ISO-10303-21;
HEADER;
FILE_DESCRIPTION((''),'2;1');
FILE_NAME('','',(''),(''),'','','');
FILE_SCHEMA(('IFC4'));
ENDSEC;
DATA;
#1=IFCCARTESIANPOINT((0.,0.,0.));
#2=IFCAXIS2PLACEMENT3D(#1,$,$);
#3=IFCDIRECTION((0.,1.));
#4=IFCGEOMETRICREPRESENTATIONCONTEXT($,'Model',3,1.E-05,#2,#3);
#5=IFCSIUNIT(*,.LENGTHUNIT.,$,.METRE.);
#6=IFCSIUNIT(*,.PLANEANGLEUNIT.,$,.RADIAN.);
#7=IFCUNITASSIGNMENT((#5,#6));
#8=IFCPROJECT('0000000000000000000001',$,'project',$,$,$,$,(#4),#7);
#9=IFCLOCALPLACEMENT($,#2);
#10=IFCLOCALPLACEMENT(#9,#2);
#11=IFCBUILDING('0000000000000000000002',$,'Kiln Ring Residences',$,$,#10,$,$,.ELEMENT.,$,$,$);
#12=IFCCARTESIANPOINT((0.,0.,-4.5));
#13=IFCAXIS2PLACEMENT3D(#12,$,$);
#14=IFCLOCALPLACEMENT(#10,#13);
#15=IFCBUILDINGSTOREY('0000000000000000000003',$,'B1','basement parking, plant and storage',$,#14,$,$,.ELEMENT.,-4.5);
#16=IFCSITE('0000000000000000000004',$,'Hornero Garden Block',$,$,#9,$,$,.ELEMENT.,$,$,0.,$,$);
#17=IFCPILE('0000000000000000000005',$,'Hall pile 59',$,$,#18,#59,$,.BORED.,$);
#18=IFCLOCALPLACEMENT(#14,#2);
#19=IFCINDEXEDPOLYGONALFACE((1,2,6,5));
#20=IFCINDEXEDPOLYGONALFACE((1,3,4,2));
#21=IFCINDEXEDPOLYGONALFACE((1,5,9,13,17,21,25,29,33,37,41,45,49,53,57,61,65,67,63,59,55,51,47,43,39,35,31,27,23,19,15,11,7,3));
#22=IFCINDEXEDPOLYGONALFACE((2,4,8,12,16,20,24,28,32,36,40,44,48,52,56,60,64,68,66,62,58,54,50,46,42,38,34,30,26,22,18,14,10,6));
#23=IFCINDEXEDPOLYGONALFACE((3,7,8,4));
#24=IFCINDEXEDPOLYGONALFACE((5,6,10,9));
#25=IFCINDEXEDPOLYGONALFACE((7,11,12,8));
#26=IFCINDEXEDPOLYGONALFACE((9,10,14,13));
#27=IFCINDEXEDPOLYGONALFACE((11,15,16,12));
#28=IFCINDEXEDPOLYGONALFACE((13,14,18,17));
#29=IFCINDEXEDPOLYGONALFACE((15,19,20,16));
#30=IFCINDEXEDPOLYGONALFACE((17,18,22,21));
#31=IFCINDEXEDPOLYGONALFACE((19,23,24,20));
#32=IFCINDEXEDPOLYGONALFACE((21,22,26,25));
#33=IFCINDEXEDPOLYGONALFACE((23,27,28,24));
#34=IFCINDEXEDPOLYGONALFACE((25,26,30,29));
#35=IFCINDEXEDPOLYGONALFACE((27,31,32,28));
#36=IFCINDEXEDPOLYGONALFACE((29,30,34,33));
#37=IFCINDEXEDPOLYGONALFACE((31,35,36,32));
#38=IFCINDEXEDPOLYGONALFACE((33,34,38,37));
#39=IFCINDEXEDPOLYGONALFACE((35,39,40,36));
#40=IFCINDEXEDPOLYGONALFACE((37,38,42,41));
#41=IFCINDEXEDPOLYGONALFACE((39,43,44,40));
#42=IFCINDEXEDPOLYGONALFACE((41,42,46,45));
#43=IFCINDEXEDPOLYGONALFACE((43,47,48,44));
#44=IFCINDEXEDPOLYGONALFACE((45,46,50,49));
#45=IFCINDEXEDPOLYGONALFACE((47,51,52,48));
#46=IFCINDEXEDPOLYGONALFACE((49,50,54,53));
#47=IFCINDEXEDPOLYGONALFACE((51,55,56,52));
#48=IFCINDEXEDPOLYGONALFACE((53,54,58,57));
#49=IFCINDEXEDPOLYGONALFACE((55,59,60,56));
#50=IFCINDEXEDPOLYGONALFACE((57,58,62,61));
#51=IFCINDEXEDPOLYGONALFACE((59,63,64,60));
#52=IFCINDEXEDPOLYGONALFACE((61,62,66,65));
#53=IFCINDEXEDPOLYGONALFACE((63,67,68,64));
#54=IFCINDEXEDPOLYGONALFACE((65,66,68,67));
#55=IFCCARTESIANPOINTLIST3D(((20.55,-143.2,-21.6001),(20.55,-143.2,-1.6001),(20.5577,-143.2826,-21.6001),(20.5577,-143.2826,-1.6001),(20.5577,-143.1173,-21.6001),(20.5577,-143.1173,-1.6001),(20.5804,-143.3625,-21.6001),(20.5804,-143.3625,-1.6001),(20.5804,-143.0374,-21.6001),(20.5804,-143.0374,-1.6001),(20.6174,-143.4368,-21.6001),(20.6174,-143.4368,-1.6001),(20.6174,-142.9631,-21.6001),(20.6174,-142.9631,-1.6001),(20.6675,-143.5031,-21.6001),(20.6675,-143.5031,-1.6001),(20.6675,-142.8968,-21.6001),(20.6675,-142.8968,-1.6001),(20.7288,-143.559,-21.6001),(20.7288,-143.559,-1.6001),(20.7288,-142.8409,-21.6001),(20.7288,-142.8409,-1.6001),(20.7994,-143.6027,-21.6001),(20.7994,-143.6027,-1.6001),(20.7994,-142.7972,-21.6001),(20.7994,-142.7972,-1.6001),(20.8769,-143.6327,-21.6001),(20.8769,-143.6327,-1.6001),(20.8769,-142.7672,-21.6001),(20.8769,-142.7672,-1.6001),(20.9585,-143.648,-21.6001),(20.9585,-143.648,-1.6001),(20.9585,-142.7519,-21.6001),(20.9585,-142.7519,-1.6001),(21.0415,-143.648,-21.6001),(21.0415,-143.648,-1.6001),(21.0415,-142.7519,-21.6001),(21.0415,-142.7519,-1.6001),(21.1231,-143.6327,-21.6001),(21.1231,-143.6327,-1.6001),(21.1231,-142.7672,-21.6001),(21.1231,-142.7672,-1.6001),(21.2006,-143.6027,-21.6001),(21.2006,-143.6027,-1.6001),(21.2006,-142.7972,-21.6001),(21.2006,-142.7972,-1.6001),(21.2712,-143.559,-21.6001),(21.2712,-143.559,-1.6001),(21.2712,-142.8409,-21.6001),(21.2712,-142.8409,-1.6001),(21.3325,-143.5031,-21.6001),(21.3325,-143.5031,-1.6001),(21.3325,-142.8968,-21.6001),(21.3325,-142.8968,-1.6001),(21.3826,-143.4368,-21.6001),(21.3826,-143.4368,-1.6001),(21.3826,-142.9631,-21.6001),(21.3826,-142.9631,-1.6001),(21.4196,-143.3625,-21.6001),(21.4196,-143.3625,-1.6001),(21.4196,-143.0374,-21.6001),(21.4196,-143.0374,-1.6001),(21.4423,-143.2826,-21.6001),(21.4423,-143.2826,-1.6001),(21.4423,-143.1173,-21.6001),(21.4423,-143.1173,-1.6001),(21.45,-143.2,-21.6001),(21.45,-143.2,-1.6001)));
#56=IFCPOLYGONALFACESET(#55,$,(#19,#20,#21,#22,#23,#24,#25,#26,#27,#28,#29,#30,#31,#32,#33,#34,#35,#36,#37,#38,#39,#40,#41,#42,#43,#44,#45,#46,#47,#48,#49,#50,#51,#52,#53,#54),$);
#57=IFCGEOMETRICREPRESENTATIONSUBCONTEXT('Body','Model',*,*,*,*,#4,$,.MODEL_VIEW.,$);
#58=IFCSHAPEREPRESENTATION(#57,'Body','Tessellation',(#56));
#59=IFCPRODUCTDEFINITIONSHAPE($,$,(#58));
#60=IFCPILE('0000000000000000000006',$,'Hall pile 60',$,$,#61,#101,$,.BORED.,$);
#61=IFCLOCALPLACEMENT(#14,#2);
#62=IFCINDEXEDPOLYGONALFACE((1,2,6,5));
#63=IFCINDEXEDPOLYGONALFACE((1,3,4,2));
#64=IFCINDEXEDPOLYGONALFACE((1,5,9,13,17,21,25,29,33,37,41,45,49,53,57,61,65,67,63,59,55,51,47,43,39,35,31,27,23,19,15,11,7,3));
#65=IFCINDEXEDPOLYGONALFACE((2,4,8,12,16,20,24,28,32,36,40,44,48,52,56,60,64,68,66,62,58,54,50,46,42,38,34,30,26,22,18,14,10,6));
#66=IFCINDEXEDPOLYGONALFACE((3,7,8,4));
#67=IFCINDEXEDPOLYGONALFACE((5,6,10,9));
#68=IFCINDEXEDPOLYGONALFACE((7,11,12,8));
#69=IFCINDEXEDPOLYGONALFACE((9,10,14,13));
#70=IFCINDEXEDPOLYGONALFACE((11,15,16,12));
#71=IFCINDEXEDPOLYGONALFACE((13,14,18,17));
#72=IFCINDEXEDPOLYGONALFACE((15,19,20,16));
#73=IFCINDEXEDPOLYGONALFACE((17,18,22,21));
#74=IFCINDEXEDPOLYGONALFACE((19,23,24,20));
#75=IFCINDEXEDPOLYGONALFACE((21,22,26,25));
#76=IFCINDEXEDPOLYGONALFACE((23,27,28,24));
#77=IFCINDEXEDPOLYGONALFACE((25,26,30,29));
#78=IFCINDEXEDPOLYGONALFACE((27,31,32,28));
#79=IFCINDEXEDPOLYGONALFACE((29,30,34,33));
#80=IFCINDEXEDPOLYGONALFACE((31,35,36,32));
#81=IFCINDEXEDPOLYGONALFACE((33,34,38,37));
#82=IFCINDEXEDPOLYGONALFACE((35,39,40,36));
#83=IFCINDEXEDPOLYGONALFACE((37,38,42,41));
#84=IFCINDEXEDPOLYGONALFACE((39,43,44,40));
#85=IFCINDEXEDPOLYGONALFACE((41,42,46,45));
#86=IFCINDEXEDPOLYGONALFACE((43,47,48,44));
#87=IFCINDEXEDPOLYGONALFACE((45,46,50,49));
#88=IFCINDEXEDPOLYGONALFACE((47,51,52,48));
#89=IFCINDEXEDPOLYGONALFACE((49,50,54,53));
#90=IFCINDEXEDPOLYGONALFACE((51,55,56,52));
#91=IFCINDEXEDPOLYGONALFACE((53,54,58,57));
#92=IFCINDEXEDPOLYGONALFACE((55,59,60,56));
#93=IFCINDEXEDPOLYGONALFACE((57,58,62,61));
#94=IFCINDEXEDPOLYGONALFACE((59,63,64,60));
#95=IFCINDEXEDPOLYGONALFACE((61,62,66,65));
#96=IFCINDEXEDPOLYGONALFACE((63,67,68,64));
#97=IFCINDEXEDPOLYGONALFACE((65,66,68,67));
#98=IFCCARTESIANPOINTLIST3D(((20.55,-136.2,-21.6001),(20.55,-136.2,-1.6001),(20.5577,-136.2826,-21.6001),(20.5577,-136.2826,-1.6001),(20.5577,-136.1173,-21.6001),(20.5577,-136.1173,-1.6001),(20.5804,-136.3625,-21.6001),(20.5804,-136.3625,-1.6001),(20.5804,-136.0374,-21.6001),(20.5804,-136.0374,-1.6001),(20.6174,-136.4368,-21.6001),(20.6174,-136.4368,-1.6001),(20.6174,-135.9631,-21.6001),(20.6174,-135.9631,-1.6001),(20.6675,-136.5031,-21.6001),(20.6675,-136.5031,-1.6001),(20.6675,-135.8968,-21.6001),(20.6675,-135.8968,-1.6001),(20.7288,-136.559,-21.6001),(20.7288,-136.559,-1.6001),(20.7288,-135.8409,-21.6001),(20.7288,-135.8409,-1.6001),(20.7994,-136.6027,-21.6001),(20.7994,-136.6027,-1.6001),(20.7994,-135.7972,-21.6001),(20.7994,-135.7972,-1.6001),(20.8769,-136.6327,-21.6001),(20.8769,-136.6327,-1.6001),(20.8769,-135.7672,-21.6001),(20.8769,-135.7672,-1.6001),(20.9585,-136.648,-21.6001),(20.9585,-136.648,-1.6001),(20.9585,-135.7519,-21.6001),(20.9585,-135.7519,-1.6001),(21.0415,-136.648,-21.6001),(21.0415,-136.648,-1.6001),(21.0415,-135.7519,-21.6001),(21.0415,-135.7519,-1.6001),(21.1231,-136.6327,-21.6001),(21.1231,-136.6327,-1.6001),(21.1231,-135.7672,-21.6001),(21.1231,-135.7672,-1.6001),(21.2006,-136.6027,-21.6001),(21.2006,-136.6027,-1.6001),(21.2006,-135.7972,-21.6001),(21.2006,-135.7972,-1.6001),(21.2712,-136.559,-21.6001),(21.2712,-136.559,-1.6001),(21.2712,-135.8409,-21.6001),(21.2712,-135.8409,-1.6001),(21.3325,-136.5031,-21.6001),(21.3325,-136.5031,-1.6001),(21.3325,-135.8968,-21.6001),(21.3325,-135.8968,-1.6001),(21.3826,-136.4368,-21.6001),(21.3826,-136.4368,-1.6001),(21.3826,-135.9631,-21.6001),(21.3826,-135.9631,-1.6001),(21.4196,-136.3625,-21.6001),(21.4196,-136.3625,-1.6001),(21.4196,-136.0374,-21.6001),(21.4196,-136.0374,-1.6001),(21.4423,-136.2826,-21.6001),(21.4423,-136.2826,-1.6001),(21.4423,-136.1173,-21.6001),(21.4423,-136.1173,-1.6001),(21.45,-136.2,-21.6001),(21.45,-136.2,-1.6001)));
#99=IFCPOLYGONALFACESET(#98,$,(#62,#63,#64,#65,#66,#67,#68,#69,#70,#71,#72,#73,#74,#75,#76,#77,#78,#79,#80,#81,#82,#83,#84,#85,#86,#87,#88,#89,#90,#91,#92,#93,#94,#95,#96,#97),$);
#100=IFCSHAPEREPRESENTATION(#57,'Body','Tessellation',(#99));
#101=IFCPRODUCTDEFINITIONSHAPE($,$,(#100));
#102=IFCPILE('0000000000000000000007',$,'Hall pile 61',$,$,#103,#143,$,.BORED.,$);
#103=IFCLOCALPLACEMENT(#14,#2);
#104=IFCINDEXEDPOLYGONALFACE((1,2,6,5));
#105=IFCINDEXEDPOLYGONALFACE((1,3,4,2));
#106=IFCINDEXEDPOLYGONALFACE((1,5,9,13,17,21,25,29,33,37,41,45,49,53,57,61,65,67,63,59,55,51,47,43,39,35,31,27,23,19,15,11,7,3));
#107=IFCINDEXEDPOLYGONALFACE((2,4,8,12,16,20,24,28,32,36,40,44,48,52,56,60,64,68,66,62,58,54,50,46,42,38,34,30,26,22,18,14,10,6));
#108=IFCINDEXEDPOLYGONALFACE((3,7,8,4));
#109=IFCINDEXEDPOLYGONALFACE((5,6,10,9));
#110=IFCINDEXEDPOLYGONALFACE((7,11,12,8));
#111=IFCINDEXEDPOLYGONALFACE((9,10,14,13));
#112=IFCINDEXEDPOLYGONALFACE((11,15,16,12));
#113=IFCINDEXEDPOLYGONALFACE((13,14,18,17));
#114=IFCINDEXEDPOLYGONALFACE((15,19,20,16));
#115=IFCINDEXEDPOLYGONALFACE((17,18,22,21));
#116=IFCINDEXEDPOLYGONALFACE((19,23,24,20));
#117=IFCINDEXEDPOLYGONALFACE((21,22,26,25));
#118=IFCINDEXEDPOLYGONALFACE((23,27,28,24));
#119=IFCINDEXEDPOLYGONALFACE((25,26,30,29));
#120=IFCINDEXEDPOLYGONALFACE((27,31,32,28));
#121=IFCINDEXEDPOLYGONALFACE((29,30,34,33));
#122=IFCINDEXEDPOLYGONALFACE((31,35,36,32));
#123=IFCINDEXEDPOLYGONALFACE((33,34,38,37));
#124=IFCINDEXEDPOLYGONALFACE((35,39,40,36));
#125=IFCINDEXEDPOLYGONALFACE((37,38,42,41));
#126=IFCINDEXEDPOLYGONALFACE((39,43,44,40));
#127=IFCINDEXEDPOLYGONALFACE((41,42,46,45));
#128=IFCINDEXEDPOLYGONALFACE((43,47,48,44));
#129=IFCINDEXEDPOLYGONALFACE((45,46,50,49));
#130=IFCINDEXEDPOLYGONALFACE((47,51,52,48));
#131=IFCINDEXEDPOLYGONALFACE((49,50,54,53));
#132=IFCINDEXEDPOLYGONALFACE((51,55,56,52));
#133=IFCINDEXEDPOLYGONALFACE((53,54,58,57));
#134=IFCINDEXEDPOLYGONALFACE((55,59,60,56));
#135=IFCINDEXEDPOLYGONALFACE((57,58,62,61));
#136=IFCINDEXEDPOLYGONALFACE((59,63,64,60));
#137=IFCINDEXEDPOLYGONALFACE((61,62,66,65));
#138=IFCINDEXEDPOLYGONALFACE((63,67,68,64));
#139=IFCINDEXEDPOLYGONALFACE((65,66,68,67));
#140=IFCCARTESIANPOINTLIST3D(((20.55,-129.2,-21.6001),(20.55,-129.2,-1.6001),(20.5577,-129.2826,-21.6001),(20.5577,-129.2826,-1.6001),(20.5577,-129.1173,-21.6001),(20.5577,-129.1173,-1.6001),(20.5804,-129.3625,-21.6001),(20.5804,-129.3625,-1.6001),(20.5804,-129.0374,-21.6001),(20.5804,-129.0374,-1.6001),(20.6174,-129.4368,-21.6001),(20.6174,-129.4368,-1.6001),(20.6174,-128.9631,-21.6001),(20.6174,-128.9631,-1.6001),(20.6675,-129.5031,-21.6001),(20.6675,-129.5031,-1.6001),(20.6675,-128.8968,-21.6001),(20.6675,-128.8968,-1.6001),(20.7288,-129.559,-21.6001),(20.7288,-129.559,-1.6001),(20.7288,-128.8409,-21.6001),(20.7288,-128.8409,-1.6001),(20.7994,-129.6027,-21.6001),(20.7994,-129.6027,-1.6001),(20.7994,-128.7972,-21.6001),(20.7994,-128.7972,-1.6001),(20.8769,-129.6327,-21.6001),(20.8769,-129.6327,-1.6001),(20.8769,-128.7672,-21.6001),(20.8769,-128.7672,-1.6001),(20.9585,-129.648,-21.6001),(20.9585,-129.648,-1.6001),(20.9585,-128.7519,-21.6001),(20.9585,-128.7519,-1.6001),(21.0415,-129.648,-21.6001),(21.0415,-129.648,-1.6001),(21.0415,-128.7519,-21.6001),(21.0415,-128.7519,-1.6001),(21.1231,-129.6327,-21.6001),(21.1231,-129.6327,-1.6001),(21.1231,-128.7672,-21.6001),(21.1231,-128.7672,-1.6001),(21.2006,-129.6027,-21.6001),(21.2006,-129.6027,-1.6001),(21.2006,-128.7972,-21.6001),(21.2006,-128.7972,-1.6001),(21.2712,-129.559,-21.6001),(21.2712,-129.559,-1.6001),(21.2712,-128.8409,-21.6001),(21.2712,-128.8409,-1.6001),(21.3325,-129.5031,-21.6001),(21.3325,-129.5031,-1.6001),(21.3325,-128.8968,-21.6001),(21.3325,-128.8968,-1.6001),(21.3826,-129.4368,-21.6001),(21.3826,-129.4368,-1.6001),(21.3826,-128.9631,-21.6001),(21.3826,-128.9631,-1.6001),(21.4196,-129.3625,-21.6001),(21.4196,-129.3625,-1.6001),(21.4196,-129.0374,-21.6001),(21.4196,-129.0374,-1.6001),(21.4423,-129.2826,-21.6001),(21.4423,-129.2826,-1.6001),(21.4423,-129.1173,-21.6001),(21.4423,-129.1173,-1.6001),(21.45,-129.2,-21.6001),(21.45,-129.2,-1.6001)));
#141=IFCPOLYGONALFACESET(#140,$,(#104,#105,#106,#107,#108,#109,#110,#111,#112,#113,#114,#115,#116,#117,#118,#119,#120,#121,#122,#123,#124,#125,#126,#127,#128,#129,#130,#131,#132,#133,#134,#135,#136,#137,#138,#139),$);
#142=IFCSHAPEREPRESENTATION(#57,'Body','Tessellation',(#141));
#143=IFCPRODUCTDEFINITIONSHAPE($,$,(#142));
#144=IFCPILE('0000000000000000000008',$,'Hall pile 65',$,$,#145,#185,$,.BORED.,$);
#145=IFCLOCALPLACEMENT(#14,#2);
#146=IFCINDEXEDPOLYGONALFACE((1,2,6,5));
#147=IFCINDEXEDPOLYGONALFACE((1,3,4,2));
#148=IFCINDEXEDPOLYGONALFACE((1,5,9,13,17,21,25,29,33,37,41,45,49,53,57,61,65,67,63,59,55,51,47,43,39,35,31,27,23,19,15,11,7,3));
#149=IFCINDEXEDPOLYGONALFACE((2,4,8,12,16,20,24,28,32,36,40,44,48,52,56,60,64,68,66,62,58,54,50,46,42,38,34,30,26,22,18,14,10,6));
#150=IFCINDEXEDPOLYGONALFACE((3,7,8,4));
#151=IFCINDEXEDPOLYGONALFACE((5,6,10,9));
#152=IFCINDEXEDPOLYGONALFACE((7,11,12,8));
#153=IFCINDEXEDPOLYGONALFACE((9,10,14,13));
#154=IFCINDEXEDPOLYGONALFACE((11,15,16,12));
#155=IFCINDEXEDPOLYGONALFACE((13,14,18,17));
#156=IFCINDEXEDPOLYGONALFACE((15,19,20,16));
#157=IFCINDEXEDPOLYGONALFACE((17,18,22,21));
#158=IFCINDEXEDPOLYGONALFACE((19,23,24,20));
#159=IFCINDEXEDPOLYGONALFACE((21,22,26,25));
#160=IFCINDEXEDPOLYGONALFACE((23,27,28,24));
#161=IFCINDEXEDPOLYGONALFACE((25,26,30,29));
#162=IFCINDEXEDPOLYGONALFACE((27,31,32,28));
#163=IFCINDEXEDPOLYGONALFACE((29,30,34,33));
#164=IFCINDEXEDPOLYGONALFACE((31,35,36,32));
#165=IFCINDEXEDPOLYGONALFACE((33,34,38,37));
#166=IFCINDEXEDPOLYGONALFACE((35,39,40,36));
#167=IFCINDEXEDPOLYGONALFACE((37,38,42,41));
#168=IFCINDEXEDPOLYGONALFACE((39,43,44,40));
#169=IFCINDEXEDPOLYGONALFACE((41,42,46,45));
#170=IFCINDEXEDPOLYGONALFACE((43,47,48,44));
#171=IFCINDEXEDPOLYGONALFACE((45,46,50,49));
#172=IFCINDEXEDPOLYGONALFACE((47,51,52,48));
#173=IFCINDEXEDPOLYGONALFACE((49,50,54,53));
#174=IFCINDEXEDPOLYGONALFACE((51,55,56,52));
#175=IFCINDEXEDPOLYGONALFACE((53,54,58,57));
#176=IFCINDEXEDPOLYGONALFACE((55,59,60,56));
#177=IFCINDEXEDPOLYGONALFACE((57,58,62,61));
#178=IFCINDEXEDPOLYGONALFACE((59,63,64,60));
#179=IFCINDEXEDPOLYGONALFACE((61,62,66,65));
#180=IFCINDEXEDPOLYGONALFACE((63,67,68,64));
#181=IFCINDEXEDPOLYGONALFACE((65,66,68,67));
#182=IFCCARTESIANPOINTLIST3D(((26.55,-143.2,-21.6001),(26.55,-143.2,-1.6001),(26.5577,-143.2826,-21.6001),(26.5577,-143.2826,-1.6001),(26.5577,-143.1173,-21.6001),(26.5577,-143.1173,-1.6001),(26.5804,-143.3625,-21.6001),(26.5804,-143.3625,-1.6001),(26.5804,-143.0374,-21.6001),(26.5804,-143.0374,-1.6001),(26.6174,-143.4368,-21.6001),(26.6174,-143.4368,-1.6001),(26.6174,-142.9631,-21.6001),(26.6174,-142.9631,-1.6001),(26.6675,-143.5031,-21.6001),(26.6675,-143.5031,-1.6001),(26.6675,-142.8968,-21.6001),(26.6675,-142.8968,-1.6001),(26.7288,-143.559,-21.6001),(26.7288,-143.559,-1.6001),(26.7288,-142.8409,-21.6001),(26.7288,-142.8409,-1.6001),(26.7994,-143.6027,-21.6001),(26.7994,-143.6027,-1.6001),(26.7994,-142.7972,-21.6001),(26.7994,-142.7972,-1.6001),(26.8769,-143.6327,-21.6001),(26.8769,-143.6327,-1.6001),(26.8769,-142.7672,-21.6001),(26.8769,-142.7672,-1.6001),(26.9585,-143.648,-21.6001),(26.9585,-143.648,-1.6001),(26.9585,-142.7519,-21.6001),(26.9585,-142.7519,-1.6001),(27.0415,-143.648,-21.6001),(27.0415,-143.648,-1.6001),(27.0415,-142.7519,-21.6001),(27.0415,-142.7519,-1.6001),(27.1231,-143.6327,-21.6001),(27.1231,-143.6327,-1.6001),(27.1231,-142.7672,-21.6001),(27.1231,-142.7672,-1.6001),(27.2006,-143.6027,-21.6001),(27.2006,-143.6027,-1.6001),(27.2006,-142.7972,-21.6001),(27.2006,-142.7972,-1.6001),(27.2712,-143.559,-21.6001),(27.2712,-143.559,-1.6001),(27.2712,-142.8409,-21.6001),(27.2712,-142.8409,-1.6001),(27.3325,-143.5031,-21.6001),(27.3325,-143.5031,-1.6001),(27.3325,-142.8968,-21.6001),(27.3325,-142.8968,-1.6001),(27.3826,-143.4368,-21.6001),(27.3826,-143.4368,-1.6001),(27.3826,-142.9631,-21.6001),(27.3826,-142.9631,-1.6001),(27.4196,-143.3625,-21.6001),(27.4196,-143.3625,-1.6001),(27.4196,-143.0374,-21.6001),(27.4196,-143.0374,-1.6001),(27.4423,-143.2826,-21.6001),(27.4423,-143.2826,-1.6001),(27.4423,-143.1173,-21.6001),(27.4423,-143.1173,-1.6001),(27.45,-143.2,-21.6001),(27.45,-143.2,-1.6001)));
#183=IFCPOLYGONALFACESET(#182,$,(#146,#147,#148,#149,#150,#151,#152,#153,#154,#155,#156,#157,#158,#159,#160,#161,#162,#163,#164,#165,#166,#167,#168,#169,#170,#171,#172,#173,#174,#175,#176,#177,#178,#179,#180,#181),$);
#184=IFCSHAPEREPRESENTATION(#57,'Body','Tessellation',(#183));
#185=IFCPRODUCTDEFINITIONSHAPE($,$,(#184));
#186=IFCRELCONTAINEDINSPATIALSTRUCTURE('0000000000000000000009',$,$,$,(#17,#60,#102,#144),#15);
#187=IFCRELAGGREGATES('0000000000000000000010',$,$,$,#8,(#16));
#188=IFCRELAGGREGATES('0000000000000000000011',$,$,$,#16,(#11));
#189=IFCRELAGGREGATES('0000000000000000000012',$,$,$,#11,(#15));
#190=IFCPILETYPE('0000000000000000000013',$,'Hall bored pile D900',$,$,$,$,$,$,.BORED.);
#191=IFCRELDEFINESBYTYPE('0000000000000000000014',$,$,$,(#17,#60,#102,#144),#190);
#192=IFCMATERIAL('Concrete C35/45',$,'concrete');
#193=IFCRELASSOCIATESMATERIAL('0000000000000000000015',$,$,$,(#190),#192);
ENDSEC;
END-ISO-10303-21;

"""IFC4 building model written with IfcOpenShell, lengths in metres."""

from ifc_helpers import new_model, si_unit, direction, frame, origin, origin_2d, place, context, subcontext, project, spatial, circle, extrude, material, material_profile, profile_set, type_object, element, save


model = new_model("IFC4")

# Units and contexts
model_context = context("Model", 3, precision=1e-05, world=origin(), true_north=direction((0.0, 1.0)))
body_context = subcontext(model_context, "Body", "Model", "MODEL_VIEW")
ifc_project = project(units=[si_unit("LENGTHUNIT", "METRE"), si_unit("PLANEANGLEUNIT", "RADIAN")], contexts=[model_context])

# Site, building, storey
site_placement = place(None, origin())
site = spatial("IfcSite", under=ifc_project, at=site_placement, Name="Hornero Garden Block", CompositionType="ELEMENT", RefElevation=0.0)
building_placement = place(site_placement, origin())
building = spatial("IfcBuilding", under=site, at=building_placement, Name="Kiln Ring Residences", CompositionType="ELEMENT")
storey_placement = place(building_placement, frame((0.0, 0.0, -4.5)))
storey = spatial("IfcBuildingStorey", under=building, at=storey_placement, Name="B1", Description="basement parking, plant and storage", CompositionType="ELEMENT", Elevation=-4.5)

# Piles
ifc_material_1 = material(Name="Concrete C35/45", Category="concrete")
ifc_material_profile_1 = material_profile(ifc_material_1, circle(Radius=0.45, at=origin_2d()), Name="Hall bored pile D900")
ifc_profile_set_1 = profile_set([ifc_material_profile_1], Name="Concrete C35/45")
pile_type = type_object("IfcPileType", Name="Hall bored pile D900", PredefinedType="BORED", material=ifc_profile_set_1)
for number, where, z_axis, x_axis, name in (
    (1, (21.0, -143.2, -1.6001), (0.0, 0.0, -1.0), (1.0, 0.0, 0.0), "Hall pile 59"),
    (2, (21.0, -136.2, -1.6001), (0.0, 0.0, -1.0), (1.0, 0.0, 0.0), "Hall pile 60"),
    (3, (21.0, -129.2, -1.6001), (0.0, 0.0, -1.0), (1.0, 0.0, 0.0), "Hall pile 61"),
    (4, (27.0, -143.2, -1.6001), (0.0, 0.0, -1.0), (1.0, 0.0, 0.0), "Hall pile 65"),
):
    element("IfcPile", number, at=place(storey_placement, frame(where, z_axis=z_axis, x_axis=x_axis)), inside=storey, type_object=pile_type, Name=name, PredefinedType="BORED", context=body_context, shape_type="SweptSolid", body=[
        extrude(circle(Radius=0.45, at=origin_2d()), origin(), (0.0, 0.0, 1.0), 20.0),
    ])

save(model, "model.ifc")
